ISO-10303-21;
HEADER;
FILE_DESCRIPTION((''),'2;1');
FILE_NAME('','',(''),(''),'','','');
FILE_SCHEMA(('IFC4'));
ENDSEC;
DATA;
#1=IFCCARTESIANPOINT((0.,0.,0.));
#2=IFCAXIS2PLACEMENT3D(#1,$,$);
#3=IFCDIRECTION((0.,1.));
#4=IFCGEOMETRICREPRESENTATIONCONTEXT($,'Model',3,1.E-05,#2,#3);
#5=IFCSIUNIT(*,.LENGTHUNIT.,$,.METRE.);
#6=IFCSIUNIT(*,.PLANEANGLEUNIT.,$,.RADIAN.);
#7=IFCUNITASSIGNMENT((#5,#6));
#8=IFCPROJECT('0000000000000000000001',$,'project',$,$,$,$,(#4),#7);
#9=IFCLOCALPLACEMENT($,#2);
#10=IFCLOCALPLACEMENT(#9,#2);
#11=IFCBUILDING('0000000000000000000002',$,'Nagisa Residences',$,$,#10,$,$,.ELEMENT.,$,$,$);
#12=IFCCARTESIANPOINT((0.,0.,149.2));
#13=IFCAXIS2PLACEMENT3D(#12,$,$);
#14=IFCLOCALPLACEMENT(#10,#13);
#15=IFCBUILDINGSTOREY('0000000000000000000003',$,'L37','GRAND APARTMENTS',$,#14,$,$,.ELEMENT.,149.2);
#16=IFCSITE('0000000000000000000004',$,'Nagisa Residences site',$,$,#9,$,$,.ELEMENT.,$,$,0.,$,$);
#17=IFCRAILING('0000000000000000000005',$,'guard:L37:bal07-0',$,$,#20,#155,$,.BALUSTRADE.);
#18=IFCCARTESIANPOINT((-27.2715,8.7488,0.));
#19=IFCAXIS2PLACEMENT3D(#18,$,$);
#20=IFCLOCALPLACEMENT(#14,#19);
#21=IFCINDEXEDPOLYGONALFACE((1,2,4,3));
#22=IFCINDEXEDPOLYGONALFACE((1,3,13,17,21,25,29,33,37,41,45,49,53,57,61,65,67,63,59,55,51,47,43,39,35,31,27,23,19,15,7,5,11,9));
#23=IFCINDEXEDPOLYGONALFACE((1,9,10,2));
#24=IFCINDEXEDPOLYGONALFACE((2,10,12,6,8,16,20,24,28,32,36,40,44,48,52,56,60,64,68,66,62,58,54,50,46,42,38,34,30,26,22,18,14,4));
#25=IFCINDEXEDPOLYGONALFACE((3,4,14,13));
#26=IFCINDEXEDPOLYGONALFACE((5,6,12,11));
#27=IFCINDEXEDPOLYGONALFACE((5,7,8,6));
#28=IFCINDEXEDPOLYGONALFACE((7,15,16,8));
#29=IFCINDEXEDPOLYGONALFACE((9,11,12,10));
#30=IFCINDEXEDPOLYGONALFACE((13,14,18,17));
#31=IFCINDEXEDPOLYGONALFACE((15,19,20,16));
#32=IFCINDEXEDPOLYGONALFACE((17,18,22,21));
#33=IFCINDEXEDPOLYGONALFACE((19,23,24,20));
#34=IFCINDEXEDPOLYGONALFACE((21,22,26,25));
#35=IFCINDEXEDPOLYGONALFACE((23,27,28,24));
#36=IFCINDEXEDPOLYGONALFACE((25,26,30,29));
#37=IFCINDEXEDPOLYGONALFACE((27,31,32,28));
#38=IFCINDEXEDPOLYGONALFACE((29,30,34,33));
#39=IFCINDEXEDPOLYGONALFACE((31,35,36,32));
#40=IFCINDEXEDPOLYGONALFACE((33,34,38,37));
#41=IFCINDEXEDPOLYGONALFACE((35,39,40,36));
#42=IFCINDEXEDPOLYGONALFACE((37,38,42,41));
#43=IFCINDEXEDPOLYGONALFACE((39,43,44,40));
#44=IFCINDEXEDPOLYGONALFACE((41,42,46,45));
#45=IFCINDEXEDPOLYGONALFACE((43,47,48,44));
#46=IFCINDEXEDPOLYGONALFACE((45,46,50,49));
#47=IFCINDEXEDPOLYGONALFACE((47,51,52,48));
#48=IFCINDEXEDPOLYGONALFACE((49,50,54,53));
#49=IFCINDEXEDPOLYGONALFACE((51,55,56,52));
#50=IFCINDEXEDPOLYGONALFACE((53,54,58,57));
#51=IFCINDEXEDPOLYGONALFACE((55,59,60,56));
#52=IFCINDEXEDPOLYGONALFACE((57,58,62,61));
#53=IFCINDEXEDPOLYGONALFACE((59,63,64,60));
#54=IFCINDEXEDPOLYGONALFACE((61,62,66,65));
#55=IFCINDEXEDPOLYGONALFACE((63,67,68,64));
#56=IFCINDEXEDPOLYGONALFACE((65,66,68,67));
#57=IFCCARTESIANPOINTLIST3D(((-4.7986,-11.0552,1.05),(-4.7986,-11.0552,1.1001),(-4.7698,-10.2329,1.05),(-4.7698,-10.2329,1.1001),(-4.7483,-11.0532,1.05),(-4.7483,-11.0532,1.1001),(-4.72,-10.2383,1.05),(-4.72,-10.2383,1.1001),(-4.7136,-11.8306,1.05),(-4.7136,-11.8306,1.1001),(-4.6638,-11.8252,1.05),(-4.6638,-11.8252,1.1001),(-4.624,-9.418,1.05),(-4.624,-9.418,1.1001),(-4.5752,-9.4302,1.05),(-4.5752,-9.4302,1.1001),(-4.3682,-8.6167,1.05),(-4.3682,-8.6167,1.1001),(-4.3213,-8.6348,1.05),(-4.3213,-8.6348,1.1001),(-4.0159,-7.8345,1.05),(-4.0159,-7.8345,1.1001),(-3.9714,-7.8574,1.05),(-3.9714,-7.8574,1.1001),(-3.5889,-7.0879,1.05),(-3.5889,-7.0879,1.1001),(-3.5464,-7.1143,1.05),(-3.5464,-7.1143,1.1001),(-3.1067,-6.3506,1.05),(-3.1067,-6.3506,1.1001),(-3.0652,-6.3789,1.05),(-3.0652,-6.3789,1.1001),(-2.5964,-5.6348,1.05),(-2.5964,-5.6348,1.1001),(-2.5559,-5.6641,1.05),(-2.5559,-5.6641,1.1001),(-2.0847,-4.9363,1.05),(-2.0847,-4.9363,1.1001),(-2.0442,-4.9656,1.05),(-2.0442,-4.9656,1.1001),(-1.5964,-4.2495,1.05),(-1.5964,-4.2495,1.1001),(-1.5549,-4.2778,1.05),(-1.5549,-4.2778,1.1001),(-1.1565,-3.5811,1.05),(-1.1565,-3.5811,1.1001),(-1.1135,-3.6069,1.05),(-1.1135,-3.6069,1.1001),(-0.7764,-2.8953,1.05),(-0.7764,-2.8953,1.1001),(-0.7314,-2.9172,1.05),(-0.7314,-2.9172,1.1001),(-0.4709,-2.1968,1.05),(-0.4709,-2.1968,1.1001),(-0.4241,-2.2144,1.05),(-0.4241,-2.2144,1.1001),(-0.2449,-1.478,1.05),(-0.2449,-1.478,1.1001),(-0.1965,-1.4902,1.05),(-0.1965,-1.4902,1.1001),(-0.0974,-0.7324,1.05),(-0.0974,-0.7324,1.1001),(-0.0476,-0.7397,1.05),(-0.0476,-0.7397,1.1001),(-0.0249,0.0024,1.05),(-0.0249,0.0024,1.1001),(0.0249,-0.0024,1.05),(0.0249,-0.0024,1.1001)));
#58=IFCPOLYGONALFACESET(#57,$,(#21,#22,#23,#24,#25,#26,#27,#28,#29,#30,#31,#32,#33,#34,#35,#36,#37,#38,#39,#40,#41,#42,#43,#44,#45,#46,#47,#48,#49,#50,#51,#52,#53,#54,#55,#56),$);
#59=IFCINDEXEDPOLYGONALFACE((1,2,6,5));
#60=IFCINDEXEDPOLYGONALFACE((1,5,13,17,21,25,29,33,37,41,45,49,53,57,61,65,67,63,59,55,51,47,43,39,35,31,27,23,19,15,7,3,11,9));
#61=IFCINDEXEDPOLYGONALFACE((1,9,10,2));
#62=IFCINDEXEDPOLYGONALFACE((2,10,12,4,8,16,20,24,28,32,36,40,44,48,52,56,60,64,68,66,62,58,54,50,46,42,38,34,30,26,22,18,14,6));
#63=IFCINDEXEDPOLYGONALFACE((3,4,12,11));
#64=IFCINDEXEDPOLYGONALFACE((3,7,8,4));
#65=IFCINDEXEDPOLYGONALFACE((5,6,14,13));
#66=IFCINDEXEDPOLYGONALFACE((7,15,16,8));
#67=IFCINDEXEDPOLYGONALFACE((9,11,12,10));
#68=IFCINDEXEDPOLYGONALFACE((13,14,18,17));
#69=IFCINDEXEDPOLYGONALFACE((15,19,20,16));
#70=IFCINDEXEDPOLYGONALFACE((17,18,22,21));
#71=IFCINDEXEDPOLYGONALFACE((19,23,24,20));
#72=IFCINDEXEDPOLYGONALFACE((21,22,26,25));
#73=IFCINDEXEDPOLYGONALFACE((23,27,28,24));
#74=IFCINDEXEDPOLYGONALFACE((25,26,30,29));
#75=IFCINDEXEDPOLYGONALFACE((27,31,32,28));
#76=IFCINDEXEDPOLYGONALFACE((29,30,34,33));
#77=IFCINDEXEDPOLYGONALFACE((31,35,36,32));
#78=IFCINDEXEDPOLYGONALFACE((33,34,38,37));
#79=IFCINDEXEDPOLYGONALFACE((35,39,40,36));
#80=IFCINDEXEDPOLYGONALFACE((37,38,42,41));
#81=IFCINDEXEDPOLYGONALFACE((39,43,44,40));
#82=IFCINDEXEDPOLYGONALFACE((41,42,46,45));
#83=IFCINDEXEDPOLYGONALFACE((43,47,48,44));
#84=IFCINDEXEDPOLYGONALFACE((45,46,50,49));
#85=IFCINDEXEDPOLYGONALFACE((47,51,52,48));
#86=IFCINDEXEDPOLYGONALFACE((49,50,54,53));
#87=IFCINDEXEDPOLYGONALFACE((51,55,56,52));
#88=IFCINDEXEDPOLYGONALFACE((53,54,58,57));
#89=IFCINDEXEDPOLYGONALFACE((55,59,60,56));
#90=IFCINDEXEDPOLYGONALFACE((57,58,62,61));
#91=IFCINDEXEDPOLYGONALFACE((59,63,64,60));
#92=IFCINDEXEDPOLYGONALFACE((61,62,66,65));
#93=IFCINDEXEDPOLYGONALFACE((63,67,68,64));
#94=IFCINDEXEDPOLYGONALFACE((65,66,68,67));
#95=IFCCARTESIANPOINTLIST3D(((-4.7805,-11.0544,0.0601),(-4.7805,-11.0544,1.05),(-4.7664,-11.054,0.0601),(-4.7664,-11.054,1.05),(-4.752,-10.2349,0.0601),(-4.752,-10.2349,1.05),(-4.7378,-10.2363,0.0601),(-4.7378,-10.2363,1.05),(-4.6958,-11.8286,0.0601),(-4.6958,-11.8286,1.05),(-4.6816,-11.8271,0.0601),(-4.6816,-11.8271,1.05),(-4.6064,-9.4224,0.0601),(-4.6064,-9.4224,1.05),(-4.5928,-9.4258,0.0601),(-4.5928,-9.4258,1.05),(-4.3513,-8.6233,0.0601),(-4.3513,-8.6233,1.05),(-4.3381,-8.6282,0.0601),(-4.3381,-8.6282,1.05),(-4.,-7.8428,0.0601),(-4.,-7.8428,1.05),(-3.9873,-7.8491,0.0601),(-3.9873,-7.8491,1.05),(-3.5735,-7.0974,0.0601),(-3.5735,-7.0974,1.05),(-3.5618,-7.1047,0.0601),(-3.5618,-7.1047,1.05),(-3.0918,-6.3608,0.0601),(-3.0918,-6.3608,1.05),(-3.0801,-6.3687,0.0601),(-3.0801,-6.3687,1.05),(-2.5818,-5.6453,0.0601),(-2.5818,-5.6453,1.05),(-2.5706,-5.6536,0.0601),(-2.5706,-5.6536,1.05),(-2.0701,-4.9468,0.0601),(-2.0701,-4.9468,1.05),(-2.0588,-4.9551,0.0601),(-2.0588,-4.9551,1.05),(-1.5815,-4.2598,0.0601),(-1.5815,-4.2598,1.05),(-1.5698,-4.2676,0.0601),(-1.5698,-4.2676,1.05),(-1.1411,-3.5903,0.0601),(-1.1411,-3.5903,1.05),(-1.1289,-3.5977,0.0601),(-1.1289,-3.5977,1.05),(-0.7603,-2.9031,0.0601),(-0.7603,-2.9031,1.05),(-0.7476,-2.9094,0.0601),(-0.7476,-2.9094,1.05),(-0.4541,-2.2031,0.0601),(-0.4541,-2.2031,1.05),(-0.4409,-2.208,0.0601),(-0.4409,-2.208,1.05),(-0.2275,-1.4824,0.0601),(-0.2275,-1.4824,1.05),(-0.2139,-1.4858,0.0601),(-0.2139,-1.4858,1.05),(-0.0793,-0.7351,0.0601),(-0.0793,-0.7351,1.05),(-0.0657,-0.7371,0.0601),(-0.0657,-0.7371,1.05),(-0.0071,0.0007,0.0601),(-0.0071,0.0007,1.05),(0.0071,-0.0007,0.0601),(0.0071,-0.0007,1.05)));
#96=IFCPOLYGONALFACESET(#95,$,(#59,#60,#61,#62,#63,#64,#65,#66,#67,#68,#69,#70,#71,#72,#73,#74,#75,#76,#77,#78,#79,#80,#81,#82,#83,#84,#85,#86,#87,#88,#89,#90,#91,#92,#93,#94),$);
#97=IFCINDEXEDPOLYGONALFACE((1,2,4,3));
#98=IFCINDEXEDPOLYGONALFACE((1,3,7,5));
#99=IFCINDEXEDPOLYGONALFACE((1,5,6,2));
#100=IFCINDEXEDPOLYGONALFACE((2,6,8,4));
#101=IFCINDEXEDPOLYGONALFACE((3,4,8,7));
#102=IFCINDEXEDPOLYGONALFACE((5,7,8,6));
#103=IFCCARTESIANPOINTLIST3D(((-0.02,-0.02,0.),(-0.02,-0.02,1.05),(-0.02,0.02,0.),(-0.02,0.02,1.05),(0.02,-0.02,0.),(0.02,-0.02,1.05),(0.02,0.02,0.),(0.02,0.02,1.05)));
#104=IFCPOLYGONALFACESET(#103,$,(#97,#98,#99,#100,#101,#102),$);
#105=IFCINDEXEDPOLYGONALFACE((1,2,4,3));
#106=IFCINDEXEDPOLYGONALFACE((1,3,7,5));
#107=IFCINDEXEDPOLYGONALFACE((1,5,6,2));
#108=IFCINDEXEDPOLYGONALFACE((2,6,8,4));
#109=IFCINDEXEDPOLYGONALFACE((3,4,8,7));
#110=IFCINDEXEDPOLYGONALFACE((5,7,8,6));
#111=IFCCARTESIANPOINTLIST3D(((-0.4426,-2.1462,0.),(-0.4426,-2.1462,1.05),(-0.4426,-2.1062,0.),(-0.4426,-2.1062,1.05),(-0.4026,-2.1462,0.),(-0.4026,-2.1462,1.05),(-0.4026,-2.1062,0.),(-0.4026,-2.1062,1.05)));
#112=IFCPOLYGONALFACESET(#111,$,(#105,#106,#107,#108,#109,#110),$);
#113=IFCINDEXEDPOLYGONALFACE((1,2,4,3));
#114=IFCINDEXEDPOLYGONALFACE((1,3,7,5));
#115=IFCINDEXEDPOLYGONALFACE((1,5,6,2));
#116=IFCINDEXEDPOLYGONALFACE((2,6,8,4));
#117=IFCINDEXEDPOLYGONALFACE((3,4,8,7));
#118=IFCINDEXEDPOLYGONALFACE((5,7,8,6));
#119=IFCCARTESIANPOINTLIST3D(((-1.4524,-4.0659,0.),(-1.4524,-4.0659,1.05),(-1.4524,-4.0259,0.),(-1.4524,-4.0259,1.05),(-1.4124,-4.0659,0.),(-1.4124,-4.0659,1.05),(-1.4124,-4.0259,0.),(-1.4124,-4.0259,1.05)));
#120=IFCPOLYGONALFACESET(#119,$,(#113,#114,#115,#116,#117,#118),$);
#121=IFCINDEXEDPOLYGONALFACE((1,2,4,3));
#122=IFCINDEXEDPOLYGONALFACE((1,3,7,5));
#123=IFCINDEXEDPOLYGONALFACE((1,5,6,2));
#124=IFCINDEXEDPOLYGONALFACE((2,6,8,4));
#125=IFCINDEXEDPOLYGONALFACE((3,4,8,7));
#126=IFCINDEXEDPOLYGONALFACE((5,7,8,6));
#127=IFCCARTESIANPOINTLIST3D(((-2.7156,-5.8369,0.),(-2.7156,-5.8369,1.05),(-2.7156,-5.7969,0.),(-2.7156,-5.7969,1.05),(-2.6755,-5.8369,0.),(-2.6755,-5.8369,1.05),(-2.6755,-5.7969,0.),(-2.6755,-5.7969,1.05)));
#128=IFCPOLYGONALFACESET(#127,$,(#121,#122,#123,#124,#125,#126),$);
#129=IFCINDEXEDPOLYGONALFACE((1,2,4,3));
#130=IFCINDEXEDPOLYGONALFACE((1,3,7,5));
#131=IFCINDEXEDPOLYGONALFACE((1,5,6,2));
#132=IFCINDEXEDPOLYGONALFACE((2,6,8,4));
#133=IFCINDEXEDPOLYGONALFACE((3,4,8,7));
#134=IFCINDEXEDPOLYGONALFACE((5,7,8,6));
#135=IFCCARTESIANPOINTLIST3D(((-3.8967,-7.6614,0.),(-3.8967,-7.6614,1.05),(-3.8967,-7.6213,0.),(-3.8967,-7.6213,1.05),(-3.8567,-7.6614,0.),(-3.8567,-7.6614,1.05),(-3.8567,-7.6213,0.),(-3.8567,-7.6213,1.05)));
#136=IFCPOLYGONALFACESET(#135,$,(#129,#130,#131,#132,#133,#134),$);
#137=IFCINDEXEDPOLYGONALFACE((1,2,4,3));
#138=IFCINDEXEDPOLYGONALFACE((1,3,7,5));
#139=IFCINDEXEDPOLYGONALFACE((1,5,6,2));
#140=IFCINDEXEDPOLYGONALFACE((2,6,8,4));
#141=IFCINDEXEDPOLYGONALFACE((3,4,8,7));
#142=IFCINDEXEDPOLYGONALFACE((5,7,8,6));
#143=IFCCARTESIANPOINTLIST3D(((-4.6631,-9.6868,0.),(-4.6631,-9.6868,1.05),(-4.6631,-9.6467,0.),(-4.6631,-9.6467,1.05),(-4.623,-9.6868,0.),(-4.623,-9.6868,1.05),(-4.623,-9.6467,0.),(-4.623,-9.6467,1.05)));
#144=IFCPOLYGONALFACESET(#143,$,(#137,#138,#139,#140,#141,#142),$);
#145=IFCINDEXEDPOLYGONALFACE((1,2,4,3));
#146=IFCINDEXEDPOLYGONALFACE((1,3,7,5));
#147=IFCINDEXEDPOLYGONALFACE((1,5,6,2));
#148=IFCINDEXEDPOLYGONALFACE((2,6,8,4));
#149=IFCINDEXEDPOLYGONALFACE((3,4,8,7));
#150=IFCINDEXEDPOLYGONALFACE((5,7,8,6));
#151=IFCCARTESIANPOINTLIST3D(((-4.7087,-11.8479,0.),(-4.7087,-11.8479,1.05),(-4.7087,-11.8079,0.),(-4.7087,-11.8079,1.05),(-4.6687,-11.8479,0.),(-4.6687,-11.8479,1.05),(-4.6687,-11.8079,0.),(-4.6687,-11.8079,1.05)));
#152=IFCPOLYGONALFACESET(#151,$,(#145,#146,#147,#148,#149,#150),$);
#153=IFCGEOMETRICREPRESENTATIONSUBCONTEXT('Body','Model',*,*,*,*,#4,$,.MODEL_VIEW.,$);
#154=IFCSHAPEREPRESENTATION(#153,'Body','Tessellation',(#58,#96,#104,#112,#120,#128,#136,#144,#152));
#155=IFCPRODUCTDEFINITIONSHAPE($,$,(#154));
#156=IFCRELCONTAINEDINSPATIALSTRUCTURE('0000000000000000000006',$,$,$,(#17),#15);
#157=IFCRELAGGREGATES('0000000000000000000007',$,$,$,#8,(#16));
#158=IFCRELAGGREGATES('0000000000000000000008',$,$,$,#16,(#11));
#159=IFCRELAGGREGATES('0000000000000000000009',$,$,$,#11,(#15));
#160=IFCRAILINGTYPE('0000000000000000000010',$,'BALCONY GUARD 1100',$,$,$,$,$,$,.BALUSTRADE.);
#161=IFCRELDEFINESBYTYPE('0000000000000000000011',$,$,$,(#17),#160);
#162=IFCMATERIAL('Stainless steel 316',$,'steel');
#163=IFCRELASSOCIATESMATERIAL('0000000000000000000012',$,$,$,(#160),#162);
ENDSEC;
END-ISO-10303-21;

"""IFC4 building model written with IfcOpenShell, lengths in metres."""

from ifc_helpers import new_model, si_unit, direction, frame, origin, origin_2d, place, context, subcontext, project, spatial, polyline, rectangle, outline, extrude, material, type_object, element, save


model = new_model("IFC4")

# Units and contexts
model_context = context("Model", 3, precision=1e-05, world=origin(), true_north=direction((0.0, 1.0)))
body_context = subcontext(model_context, "Body", "Model", "MODEL_VIEW")
ifc_project = project(units=[si_unit("LENGTHUNIT", "METRE"), si_unit("PLANEANGLEUNIT", "RADIAN")], contexts=[model_context])

# Site, building, storey
site_placement = place(None, origin())
site = spatial("IfcSite", under=ifc_project, at=site_placement, Name="Nagisa Residences site", CompositionType="ELEMENT", RefElevation=0.0)
building_placement = place(site_placement, origin())
building = spatial("IfcBuilding", under=site, at=building_placement, Name="Nagisa Residences", CompositionType="ELEMENT")
storey_placement = place(building_placement, frame((0.0, 0.0, 149.2)))
storey = spatial("IfcBuildingStorey", under=building, at=storey_placement, Name="L37", Description="GRAND APARTMENTS", CompositionType="ELEMENT", Elevation=149.2)

# Railing
ifc_material_1 = material(Name="Stainless steel 316", Category="steel")
railing_type = type_object("IfcRailingType", Name="BALCONY GUARD 1100", PredefinedType="BALUSTRADE", material=ifc_material_1)
railing_placement = place(storey_placement, frame((-27.2715, 8.7488, 0.0)))
element("IfcRailing", 1, at=railing_placement, inside=storey, type_object=railing_type, Name="guard:L37:bal07-0", PredefinedType="BALUSTRADE", context=body_context, shape_type="SweptSolid", body=[
    extrude(outline(polyline([(-0.0476, -0.7397), (0.0249, -0.0024), (-0.0249, 0.0024), (-0.0974, -0.7324), (-0.2449, -1.478), (-0.4709, -2.1968), (-0.7764, -2.8953), (-1.1565, -3.5811), (-1.5964, -4.2495), (-2.0847, -4.9363), (-2.5964, -5.6348), (-3.1067, -6.3506), (-3.5889, -7.0879), (-4.0159, -7.8345), (-4.3682, -8.6167), (-4.624, -9.418), (-4.7698, -10.2329), (-4.7986, -11.0552), (-4.7136, -11.8306), (-4.6638, -11.8252), (-4.7483, -11.0532), (-4.72, -10.2383), (-4.5752, -9.4302), (-4.3213, -8.6348), (-3.9714, -7.8574), (-3.5464, -7.1143), (-3.0652, -6.3789), (-2.5559, -5.6641), (-2.0442, -4.9656), (-1.5549, -4.2778), (-1.1135, -3.6069), (-0.7314, -2.9172), (-0.4241, -2.2144), (-0.1965, -1.4902), (-0.0476, -0.7397)])), frame((0.0, 0.0, 1.05)), (0.0, 0.0, 1.0), 0.05),
    extrude(outline(polyline([(-0.0657, -0.7371), (0.0071, -0.0007), (-0.0071, 0.0007), (-0.0793, -0.7351), (-0.2275, -1.4824), (-0.4541, -2.2031), (-0.7603, -2.9031), (-1.1411, -3.5903), (-1.5815, -4.2598), (-2.0701, -4.9468), (-2.5818, -5.6453), (-3.0918, -6.3608), (-3.5735, -7.0974), (-4.0, -7.8428), (-4.3513, -8.6233), (-4.6064, -9.4224), (-4.752, -10.2349), (-4.7805, -11.0544), (-4.6958, -11.8286), (-4.6816, -11.8271), (-4.7664, -11.054), (-4.7378, -10.2363), (-4.5928, -9.4258), (-4.3381, -8.6282), (-3.9873, -7.8491), (-3.5618, -7.1047), (-3.0801, -6.3687), (-2.5706, -5.6536), (-2.0588, -4.9551), (-1.5698, -4.2676), (-1.1289, -3.5977), (-0.7476, -2.9094), (-0.4409, -2.208), (-0.2139, -1.4858), (-0.0657, -0.7371)])), frame((0.0, 0.0, 0.0601)), (0.0, 0.0, 1.0), 0.99),
    extrude(rectangle(XDim=0.04, YDim=0.04, at=origin_2d()), origin(), (0.0, 0.0, 1.0), 1.05),
    extrude(rectangle(XDim=0.04, YDim=0.04, at=origin_2d()), frame((-0.4226, -2.1262, 0.0)), (0.0, 0.0, 1.0), 1.05),
    extrude(rectangle(XDim=0.04, YDim=0.04, at=origin_2d()), frame((-1.4324, -4.0459, 0.0)), (0.0, 0.0, 1.0), 1.05),
    extrude(rectangle(XDim=0.04, YDim=0.04, at=origin_2d()), frame((-2.6956, -5.8169, 0.0)), (0.0, 0.0, 1.0), 1.05),
    extrude(rectangle(XDim=0.04, YDim=0.04, at=origin_2d()), frame((-3.8767, -7.6414, 0.0)), (0.0, 0.0, 1.0), 1.05),
    extrude(rectangle(XDim=0.04, YDim=0.04, at=origin_2d()), frame((-4.6431, -9.6667, 0.0)), (0.0, 0.0, 1.0), 1.05),
    extrude(rectangle(XDim=0.04, YDim=0.04, at=origin_2d()), frame((-4.6887, -11.8279, 0.0)), (0.0, 0.0, 1.0), 1.05),
])

save(model, "model.ifc")
